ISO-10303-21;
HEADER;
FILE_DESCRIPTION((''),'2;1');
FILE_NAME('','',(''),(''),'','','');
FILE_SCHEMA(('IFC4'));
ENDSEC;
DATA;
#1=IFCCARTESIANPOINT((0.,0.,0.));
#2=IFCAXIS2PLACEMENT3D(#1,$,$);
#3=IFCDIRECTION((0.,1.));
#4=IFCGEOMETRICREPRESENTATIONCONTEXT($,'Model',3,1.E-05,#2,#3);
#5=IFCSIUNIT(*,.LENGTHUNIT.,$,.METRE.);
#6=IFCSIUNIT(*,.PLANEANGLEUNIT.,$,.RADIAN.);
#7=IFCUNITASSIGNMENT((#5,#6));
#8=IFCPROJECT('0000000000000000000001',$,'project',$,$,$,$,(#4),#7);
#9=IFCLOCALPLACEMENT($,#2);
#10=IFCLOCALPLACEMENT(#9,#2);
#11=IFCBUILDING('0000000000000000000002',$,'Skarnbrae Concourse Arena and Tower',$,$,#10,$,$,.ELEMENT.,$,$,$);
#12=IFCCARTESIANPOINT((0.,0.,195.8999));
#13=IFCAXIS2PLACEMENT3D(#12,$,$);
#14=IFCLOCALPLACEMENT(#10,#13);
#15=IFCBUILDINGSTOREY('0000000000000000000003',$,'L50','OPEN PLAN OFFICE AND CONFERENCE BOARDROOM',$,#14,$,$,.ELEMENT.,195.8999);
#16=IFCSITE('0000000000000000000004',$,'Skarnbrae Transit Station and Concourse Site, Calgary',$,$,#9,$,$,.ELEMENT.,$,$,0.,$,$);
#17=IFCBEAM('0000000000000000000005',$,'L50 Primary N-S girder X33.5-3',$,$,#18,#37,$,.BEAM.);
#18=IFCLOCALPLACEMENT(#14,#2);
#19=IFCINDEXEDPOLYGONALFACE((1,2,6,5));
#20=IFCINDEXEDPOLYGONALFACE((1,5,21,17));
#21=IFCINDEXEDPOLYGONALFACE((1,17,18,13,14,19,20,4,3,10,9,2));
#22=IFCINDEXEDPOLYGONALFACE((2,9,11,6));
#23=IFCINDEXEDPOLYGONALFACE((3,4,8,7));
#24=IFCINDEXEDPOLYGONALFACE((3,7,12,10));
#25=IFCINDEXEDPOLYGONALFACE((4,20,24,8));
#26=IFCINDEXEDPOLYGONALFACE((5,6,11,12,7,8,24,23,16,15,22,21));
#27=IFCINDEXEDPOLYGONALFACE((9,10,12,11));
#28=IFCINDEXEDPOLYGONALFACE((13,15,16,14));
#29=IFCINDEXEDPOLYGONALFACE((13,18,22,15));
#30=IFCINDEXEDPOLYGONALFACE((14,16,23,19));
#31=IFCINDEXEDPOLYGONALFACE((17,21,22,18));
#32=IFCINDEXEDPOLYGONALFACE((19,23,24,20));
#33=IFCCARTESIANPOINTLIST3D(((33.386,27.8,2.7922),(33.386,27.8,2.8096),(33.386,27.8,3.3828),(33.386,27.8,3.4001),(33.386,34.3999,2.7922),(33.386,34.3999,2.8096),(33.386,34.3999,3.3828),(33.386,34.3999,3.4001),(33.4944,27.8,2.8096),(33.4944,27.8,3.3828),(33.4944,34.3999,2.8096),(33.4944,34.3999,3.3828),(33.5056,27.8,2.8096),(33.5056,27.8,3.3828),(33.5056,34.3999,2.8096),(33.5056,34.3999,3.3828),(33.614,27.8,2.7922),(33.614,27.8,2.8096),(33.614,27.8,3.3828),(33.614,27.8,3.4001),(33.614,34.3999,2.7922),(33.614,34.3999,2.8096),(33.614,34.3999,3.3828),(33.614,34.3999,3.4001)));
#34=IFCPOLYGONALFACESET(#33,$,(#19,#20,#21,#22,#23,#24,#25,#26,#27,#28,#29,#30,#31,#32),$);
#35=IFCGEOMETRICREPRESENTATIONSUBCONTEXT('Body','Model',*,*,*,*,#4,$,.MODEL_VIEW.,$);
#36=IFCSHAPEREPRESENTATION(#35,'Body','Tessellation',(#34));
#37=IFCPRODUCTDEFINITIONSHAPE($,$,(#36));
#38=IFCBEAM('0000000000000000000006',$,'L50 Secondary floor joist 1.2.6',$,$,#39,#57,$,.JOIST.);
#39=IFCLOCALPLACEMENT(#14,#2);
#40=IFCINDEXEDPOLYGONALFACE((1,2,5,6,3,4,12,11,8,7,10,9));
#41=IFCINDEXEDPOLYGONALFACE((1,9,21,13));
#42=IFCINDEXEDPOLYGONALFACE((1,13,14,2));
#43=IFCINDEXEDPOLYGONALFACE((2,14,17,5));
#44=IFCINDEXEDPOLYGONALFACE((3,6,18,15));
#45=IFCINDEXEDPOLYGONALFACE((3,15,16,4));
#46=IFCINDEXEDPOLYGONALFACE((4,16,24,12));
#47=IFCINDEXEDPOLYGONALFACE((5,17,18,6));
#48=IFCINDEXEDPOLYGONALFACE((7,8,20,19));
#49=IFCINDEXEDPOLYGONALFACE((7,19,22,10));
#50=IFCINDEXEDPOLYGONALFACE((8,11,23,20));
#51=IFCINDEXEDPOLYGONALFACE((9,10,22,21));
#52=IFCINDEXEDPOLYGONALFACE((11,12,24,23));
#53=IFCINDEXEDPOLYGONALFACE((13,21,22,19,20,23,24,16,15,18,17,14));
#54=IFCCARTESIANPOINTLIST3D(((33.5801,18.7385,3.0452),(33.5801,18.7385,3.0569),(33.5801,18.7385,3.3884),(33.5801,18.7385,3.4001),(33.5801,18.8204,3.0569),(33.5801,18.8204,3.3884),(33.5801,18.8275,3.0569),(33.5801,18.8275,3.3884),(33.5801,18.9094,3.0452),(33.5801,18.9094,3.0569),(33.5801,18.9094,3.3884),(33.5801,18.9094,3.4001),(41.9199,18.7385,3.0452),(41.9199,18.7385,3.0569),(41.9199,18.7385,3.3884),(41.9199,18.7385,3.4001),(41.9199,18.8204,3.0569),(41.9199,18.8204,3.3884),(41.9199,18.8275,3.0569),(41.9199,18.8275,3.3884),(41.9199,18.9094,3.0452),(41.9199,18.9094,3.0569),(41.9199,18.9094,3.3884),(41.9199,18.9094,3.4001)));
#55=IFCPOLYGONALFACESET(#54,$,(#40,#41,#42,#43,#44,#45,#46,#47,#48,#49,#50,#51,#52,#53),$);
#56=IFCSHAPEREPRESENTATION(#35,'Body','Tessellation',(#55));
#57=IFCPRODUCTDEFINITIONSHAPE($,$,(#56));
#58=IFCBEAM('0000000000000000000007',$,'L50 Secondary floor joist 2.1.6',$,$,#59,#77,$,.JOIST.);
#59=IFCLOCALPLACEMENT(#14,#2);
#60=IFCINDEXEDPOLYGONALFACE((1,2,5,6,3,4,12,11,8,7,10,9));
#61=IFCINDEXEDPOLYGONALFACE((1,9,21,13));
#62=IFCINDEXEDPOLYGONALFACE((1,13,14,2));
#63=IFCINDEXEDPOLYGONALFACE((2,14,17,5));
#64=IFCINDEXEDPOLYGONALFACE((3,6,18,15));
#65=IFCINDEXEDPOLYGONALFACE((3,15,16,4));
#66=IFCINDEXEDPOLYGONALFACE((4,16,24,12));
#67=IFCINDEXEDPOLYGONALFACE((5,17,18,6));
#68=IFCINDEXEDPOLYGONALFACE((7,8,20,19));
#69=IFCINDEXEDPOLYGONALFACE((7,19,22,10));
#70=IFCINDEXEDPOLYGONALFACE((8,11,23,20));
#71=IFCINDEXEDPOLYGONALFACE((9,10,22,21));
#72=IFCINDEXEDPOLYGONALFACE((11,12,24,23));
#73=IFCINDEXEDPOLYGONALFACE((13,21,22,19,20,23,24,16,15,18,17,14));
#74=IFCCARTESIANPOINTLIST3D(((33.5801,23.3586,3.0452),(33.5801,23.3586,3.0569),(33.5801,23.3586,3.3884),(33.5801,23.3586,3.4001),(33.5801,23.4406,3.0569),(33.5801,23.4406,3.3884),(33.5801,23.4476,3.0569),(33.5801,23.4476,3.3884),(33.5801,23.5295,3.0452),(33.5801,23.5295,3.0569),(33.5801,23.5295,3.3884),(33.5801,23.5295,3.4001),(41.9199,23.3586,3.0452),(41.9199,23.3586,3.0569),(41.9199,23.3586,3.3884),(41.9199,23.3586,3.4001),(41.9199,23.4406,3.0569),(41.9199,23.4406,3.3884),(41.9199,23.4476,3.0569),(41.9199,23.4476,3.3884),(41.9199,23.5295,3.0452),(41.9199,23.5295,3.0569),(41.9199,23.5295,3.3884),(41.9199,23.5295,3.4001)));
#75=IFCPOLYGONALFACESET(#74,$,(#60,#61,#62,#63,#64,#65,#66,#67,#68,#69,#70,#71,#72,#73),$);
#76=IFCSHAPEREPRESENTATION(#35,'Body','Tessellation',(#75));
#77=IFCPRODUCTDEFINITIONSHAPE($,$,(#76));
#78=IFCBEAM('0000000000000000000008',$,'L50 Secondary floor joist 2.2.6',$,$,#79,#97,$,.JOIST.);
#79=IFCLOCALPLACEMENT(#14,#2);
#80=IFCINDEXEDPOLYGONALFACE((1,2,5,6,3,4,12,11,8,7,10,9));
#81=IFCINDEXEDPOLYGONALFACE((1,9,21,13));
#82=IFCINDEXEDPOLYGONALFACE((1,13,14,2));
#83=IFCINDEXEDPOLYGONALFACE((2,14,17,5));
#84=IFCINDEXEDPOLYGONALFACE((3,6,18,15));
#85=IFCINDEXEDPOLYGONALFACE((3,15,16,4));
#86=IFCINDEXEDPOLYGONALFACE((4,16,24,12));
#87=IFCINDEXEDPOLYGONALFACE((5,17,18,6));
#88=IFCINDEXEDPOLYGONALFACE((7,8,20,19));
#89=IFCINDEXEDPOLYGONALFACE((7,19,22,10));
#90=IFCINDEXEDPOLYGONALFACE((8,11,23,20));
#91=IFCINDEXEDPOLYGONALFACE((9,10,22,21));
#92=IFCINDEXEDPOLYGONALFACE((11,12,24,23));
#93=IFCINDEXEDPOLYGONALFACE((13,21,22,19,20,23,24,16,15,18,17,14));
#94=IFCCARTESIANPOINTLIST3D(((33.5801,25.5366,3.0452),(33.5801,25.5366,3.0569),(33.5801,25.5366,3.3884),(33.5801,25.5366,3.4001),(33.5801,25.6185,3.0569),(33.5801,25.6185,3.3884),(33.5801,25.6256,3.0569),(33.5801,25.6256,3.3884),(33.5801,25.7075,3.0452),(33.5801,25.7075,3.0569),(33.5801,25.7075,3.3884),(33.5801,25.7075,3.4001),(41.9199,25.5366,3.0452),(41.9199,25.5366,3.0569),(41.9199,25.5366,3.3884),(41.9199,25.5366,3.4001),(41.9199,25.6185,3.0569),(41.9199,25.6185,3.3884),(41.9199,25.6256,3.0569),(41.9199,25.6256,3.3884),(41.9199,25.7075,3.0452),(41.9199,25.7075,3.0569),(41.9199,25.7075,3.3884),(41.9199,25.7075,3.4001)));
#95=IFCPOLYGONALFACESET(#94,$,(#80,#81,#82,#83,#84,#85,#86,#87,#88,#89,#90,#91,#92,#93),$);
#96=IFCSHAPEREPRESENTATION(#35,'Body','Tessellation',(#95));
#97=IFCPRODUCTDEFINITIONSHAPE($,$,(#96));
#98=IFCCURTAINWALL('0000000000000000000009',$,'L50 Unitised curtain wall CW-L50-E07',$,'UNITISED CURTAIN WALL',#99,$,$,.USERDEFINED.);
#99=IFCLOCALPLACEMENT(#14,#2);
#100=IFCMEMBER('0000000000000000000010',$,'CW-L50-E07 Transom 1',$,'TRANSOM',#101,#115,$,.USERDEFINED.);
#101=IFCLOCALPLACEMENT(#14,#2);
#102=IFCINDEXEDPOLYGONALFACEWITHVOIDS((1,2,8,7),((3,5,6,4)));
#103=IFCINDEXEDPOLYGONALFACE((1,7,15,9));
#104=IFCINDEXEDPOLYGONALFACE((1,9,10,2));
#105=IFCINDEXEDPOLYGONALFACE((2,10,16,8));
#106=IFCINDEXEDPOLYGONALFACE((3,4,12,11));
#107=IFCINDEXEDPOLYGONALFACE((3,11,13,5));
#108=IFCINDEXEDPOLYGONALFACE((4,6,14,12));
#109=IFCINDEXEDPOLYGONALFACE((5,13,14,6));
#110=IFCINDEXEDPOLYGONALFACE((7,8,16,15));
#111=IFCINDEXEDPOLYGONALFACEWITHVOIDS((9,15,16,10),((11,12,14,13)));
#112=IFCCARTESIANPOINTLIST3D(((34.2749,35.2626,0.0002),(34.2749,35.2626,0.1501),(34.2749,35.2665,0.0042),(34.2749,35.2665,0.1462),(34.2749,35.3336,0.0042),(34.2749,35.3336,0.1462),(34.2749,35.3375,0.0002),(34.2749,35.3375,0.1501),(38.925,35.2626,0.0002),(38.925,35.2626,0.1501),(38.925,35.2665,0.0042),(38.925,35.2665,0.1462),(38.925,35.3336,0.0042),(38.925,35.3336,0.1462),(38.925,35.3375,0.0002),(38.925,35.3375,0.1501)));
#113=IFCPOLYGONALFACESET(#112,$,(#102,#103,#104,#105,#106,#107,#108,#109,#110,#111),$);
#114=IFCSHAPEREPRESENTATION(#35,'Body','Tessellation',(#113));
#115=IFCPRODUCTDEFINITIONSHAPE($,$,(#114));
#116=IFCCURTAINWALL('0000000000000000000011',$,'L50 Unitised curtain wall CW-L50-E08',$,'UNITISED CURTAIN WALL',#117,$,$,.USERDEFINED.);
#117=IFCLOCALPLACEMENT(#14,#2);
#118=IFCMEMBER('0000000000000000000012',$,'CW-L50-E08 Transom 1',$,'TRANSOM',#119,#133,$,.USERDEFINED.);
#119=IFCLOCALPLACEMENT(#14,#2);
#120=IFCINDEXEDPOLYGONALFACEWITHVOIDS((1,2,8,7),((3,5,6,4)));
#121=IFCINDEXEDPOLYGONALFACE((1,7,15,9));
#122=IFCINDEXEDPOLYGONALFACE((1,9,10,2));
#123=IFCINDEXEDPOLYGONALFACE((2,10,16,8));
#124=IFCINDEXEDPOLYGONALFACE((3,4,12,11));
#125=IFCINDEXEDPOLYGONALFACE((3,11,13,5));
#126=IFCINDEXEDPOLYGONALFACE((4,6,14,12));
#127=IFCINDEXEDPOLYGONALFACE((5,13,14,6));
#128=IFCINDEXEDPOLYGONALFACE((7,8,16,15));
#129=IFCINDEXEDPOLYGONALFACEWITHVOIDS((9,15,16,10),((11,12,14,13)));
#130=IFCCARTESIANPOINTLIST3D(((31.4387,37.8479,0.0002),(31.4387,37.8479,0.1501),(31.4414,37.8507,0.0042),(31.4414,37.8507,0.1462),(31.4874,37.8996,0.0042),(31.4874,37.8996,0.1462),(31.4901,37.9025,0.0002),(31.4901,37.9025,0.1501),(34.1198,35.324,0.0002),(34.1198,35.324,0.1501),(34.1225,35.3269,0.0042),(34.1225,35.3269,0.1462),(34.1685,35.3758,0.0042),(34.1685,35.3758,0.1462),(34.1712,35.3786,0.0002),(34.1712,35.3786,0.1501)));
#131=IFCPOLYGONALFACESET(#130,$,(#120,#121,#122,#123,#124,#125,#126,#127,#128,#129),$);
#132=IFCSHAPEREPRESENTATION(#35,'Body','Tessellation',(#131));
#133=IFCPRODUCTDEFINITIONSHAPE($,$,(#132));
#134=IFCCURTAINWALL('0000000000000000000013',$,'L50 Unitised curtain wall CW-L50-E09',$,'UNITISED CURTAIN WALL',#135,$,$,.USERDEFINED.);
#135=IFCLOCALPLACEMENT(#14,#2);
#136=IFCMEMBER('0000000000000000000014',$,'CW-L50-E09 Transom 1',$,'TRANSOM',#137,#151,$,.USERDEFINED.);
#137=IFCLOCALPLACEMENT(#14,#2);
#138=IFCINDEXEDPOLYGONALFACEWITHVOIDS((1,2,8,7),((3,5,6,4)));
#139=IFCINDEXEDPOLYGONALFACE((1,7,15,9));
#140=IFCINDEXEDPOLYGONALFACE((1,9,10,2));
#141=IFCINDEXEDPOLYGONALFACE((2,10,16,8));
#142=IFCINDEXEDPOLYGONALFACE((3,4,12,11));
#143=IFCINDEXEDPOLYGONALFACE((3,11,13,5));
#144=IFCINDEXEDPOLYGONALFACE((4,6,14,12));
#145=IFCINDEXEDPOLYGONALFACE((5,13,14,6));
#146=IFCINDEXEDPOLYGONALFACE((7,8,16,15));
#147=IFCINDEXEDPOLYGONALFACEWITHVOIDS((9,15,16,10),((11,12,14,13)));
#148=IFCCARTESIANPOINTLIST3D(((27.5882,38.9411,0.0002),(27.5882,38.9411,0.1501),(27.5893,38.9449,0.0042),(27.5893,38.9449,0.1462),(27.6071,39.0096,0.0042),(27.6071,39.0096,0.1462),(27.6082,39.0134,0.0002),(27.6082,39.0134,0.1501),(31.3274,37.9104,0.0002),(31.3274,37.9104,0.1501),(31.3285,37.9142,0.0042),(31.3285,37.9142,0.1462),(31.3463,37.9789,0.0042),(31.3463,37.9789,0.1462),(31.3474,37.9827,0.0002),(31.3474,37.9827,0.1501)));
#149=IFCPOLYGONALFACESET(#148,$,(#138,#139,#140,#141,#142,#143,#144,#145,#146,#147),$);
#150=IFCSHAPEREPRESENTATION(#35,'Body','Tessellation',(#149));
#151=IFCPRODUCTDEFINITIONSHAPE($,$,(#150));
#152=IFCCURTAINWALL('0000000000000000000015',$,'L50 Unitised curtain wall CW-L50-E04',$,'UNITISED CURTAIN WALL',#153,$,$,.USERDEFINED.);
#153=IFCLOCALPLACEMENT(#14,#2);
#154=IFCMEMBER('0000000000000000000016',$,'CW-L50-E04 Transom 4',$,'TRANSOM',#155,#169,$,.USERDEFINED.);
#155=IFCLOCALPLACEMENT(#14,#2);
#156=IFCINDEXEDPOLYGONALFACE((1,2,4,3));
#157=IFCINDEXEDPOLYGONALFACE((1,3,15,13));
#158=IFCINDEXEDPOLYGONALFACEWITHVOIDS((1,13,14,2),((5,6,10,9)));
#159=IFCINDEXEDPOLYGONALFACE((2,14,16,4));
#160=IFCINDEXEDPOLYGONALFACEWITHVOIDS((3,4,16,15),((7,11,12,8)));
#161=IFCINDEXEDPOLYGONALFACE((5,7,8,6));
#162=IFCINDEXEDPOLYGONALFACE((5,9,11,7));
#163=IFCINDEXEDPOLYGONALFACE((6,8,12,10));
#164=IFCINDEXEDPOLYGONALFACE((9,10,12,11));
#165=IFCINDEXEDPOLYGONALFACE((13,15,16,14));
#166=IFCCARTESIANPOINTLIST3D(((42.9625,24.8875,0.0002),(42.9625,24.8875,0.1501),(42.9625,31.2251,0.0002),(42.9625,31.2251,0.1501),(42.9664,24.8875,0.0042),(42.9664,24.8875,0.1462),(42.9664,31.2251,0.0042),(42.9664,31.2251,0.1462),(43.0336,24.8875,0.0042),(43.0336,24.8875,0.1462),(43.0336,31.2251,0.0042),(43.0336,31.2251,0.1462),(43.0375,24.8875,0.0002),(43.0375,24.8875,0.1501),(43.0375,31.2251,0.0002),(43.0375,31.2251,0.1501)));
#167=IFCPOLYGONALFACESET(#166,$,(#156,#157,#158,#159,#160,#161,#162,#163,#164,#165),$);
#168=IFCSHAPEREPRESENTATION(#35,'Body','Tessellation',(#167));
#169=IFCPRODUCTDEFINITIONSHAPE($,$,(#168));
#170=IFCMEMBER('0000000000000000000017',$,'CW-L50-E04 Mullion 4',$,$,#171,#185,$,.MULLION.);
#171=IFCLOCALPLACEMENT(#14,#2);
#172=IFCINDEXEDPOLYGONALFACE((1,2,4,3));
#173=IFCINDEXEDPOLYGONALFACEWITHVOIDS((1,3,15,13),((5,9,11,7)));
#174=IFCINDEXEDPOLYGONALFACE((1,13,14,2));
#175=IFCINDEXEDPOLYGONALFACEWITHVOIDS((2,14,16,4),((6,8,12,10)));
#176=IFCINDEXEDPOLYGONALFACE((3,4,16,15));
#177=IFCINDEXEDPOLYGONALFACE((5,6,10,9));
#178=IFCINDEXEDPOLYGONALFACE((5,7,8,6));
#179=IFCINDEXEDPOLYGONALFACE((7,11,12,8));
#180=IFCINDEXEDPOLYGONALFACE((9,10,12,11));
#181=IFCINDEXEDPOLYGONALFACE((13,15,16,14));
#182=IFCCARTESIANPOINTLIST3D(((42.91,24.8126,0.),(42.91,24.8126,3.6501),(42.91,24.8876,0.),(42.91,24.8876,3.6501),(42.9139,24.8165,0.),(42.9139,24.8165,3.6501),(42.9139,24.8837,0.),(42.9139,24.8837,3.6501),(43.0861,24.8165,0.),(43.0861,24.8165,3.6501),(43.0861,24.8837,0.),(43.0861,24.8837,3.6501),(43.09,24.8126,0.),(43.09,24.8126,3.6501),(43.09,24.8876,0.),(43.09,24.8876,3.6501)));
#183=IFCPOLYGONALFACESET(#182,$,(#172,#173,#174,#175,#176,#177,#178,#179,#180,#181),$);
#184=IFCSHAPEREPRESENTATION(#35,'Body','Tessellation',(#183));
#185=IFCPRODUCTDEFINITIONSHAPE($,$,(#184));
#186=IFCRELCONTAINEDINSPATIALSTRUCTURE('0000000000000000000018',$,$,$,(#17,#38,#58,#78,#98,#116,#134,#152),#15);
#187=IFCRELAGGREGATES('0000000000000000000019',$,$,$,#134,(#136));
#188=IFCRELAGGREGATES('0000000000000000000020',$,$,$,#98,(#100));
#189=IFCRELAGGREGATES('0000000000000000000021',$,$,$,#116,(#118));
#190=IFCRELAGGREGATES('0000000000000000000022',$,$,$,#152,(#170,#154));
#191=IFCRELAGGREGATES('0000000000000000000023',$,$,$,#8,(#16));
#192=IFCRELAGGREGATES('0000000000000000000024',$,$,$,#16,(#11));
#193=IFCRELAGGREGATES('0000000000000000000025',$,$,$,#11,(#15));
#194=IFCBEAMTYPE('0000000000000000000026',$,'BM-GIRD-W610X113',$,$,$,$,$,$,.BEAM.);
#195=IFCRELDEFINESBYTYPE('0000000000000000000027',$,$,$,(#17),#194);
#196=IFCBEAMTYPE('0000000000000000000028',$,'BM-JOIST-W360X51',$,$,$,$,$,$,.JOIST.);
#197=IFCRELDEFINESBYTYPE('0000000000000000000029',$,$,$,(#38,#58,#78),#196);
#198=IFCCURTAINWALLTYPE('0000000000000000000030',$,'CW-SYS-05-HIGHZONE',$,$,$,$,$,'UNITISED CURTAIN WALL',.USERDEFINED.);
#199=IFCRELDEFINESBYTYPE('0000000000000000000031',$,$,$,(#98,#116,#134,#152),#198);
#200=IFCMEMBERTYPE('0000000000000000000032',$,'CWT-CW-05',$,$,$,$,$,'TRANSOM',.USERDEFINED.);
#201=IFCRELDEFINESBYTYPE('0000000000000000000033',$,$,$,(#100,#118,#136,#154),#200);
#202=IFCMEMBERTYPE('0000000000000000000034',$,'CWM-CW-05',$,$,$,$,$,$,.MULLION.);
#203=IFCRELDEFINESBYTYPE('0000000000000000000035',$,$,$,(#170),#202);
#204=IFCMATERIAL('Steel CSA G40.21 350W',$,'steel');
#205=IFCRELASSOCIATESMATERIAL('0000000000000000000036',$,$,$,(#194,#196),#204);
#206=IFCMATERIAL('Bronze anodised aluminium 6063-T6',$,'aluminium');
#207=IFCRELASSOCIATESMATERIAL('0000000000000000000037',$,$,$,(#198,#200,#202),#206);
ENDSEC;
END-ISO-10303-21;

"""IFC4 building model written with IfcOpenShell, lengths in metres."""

from ifc_helpers import new_model, si_unit, direction, frame, origin, origin_2d, place, context, subcontext, project, spatial, hollow_rectangle, i_section, extrude, source, transform, mapped, material, material_profile, profile_set, type_object, element, aggregate, save


model = new_model("IFC4")

# Units and contexts
model_context = context("Model", 3, precision=1e-05, world=origin(), true_north=direction((0.0, 1.0)))
body_context = subcontext(model_context, "Body", "Model", "MODEL_VIEW")
ifc_project = project(units=[si_unit("LENGTHUNIT", "METRE"), si_unit("PLANEANGLEUNIT", "RADIAN")], contexts=[model_context])

# Site, building, storey
site_placement = place(None, origin())
site = spatial("IfcSite", under=ifc_project, at=site_placement, Name="Skarnbrae Transit Station and Concourse Site, Calgary", CompositionType="ELEMENT", RefElevation=0.0)
building_placement = place(site_placement, origin())
building = spatial("IfcBuilding", under=site, at=building_placement, Name="Skarnbrae Concourse Arena and Tower", CompositionType="ELEMENT")
storey_placement = place(building_placement, frame((0.0, 0.0, 195.8999)))
storey = spatial("IfcBuildingStorey", under=building, at=storey_placement, Name="L50", Description="OPEN PLAN OFFICE AND CONFERENCE BOARDROOM", CompositionType="ELEMENT", Elevation=195.8999)

# Shared definitions
ifc_material_1 = material(Name="Steel CSA G40.21 350W", Category="steel")

# Beams
ifc_material_profile_1 = material_profile(ifc_material_1, i_section(OverallWidth=0.228, OverallDepth=0.6079, WebThickness=0.0112, FlangeThickness=0.0173, at=origin_2d()), Name="W610X113")
ifc_profile_set_1 = profile_set([ifc_material_profile_1], Name="Steel CSA G40.21 350W")
beam_type_1 = type_object("IfcBeamType", Name="BM-GIRD-W610X113", PredefinedType="BEAM", material=ifc_profile_set_1)
shared_shape_1 = source(origin(), body_context, "Body", "SweptSolid", [
    extrude(i_section(OverallWidth=0.228, OverallDepth=0.6079, WebThickness=0.0112, FlangeThickness=0.0173, at=origin_2d()), origin(), (0.0, 0.0, 1.0), 6.5999),
])
beam_1_placement = place(storey_placement, frame((33.5, 27.8, 3.0962), z_axis=(0.0, 1.0, 0.0), x_axis=(-1.0, 0.0, 0.0)))
element("IfcBeam", 1, at=beam_1_placement, inside=storey, type_object=beam_type_1, Name="L50 Primary N-S girder X33.5-3", PredefinedType="BEAM", context=body_context, shape_type="MappedRepresentation", body=[
    mapped(shared_shape_1, transform((0.0, 0.0, 0.0))),
])
ifc_material_profile_2 = material_profile(ifc_material_1, i_section(OverallWidth=0.1709, OverallDepth=0.355, WebThickness=0.0071, FlangeThickness=0.0117, at=origin_2d()), Name="W360X51")
ifc_profile_set_2 = profile_set([ifc_material_profile_2], Name="Steel CSA G40.21 350W")
beam_type_2 = type_object("IfcBeamType", Name="BM-JOIST-W360X51", PredefinedType="JOIST", material=ifc_profile_set_2)
shared_shape_2 = source(origin(), body_context, "Body", "SweptSolid", [
    extrude(i_section(OverallWidth=0.1709, OverallDepth=0.355, WebThickness=0.0071, FlangeThickness=0.0117, at=origin_2d()), origin(), (0.0, 0.0, 1.0), 8.3398),
])
for number, where, z_axis, x_axis, name in (
    (2, (33.5801, 18.824, 3.2227), (1.0, 0.0, 0.0), (0.0, 1.0, 0.0), "L50 Secondary floor joist 1.2.6"),
    (3, (33.5801, 23.4441, 3.2227), (1.0, 0.0, 0.0), (0.0, 1.0, 0.0), "L50 Secondary floor joist 2.1.6"),
    (4, (33.5801, 25.6221, 3.2227), (1.0, 0.0, 0.0), (0.0, 1.0, 0.0), "L50 Secondary floor joist 2.2.6"),
):
    element("IfcBeam", number, at=place(storey_placement, frame(where, z_axis=z_axis, x_axis=x_axis)), inside=storey, type_object=beam_type_2, Name=name, PredefinedType="JOIST", context=body_context, shape_type="MappedRepresentation", body=[
        mapped(shared_shape_2, transform((0.0, 0.0, 0.0))),
    ])

# Curtain walls, members
ifc_material_2 = material(Name="Bronze anodised aluminium 6063-T6", Category="aluminium")
curtain_wall_type = type_object("IfcCurtainWallType", Name="CW-SYS-05-HIGHZONE", ElementType="UNITISED CURTAIN WALL", PredefinedType="USERDEFINED", material=ifc_material_2)
curtain_wall_1_placement = place(storey_placement, origin())
curtain_wall_1 = element("IfcCurtainWall", 5, at=curtain_wall_1_placement, inside=storey, type_object=curtain_wall_type, Name="L50 Unitised curtain wall CW-L50-E07", ObjectType="UNITISED CURTAIN WALL", PredefinedType="USERDEFINED")
ifc_material_profile_3 = material_profile(ifc_material_2, hollow_rectangle(XDim=0.075, YDim=0.1499, WallThickness=0.0039, at=origin_2d()), Name="ALU-TRAN-75X150")
ifc_profile_set_3 = profile_set([ifc_material_profile_3], Name="Bronze anodised aluminium 6063-T6")
member_type_1 = type_object("IfcMemberType", Name="CWT-CW-05", ElementType="TRANSOM", PredefinedType="USERDEFINED", material=ifc_profile_set_3)
shared_shape_3 = source(origin(), body_context, "Body", "SweptSolid", [
    extrude(hollow_rectangle(XDim=0.075, YDim=0.1499, WallThickness=0.0039, at=origin_2d()), origin(), (0.0, 0.0, 1.0), 4.6501),
])
member_1_placement = place(storey_placement, frame((38.925, 35.3, 0.0752), z_axis=(-1.0, 0.0, 0.0), x_axis=(0.0, -1.0, 0.0)))
member_1 = element("IfcMember", 6, at=member_1_placement, type_object=member_type_1, Name="CW-L50-E07 Transom 1", ObjectType="TRANSOM", PredefinedType="USERDEFINED", context=body_context, shape_type="MappedRepresentation", body=[
    mapped(shared_shape_3, transform((0.0, 0.0, 0.0))),
])
curtain_wall_2_placement = place(storey_placement, origin())
curtain_wall_2 = element("IfcCurtainWall", 7, at=curtain_wall_2_placement, inside=storey, type_object=curtain_wall_type, Name="L50 Unitised curtain wall CW-L50-E08", ObjectType="UNITISED CURTAIN WALL", PredefinedType="USERDEFINED")
shared_shape_4 = source(origin(), body_context, "Body", "SweptSolid", [
    extrude(hollow_rectangle(XDim=0.075, YDim=0.1499, WallThickness=0.0039, at=origin_2d()), origin(), (0.0, 0.0, 1.0), 3.6821),
])
member_2_placement = place(storey_placement, frame((34.1455, 35.3513, 0.0752), z_axis=(-0.728134, 0.685435, 0.0), x_axis=(-0.685435, -0.728134, 0.0)))
member_2 = element("IfcMember", 8, at=member_2_placement, type_object=member_type_1, Name="CW-L50-E08 Transom 1", ObjectType="TRANSOM", PredefinedType="USERDEFINED", context=body_context, shape_type="MappedRepresentation", body=[
    mapped(shared_shape_4, transform((0.0, 0.0, 0.0))),
])
curtain_wall_3_placement = place(storey_placement, origin())
curtain_wall_3 = element("IfcCurtainWall", 9, at=curtain_wall_3_placement, inside=storey, type_object=curtain_wall_type, Name="L50 Unitised curtain wall CW-L50-E09", ObjectType="UNITISED CURTAIN WALL", PredefinedType="USERDEFINED")
shared_shape_5 = source(origin(), body_context, "Body", "SweptSolid", [
    extrude(hollow_rectangle(XDim=0.075, YDim=0.1499, WallThickness=0.0039, at=origin_2d()), origin(), (0.0, 0.0, 1.0), 3.8787),
])
member_3_placement = place(storey_placement, frame((31.3374, 37.9465, 0.0752), z_axis=(-0.964043, 0.265747, 0.0), x_axis=(-0.265747, -0.964043, 0.0)))
member_3 = element("IfcMember", 10, at=member_3_placement, type_object=member_type_1, Name="CW-L50-E09 Transom 1", ObjectType="TRANSOM", PredefinedType="USERDEFINED", context=body_context, shape_type="MappedRepresentation", body=[
    mapped(shared_shape_5, transform((0.0, 0.0, 0.0))),
])

# Curtain wall, members
curtain_wall_4_placement = place(storey_placement, origin())
curtain_wall_4 = element("IfcCurtainWall", 11, at=curtain_wall_4_placement, inside=storey, type_object=curtain_wall_type, Name="L50 Unitised curtain wall CW-L50-E04", ObjectType="UNITISED CURTAIN WALL", PredefinedType="USERDEFINED")
shared_shape_6 = source(origin(), body_context, "Body", "SweptSolid", [
    extrude(hollow_rectangle(XDim=0.075, YDim=0.1499, WallThickness=0.0039, at=origin_2d()), origin(), (0.0, 0.0, 1.0), 6.3376),
])
member_4_placement = place(storey_placement, frame((43.0, 24.8875, 0.0752), z_axis=(0.0, 1.0, 0.0), x_axis=(-1.0, 0.0, 0.0)))
member_4 = element("IfcMember", 12, at=member_4_placement, type_object=member_type_1, Name="CW-L50-E04 Transom 4", ObjectType="TRANSOM", PredefinedType="USERDEFINED", context=body_context, shape_type="MappedRepresentation", body=[
    mapped(shared_shape_6, transform((0.0, 0.0, 0.0))),
])
ifc_material_profile_4 = material_profile(ifc_material_2, hollow_rectangle(XDim=0.075, YDim=0.1799, WallThickness=0.0039, at=origin_2d()), Name="ALU-MULL-75X180")
ifc_profile_set_4 = profile_set([ifc_material_profile_4], Name="Bronze anodised aluminium 6063-T6")
member_type_2 = type_object("IfcMemberType", Name="CWM-CW-05", PredefinedType="MULLION", material=ifc_profile_set_4)
shared_shape_7 = source(origin(), body_context, "Body", "SweptSolid", [
    extrude(hollow_rectangle(XDim=0.075, YDim=0.1799, WallThickness=0.0039, at=origin_2d()), origin(), (0.0, 0.0, 1.0), 3.6501),
])
member_5_placement = place(storey_placement, frame((43.0, 24.8501, 0.0), z_axis=(0.0, 0.0, 1.0), x_axis=(0.0, 1.0, 0.0)))
member_5 = element("IfcMember", 13, at=member_5_placement, type_object=member_type_2, Name="CW-L50-E04 Mullion 4", PredefinedType="MULLION", context=body_context, shape_type="MappedRepresentation", body=[
    mapped(shared_shape_7, transform((0.0, 0.0, 0.0))),
])

aggregate(curtain_wall_3, [member_3])

aggregate(curtain_wall_1, [member_1])
aggregate(curtain_wall_2, [member_2])
aggregate(curtain_wall_4, [member_5, member_4])

save(model, "model.ifc")
